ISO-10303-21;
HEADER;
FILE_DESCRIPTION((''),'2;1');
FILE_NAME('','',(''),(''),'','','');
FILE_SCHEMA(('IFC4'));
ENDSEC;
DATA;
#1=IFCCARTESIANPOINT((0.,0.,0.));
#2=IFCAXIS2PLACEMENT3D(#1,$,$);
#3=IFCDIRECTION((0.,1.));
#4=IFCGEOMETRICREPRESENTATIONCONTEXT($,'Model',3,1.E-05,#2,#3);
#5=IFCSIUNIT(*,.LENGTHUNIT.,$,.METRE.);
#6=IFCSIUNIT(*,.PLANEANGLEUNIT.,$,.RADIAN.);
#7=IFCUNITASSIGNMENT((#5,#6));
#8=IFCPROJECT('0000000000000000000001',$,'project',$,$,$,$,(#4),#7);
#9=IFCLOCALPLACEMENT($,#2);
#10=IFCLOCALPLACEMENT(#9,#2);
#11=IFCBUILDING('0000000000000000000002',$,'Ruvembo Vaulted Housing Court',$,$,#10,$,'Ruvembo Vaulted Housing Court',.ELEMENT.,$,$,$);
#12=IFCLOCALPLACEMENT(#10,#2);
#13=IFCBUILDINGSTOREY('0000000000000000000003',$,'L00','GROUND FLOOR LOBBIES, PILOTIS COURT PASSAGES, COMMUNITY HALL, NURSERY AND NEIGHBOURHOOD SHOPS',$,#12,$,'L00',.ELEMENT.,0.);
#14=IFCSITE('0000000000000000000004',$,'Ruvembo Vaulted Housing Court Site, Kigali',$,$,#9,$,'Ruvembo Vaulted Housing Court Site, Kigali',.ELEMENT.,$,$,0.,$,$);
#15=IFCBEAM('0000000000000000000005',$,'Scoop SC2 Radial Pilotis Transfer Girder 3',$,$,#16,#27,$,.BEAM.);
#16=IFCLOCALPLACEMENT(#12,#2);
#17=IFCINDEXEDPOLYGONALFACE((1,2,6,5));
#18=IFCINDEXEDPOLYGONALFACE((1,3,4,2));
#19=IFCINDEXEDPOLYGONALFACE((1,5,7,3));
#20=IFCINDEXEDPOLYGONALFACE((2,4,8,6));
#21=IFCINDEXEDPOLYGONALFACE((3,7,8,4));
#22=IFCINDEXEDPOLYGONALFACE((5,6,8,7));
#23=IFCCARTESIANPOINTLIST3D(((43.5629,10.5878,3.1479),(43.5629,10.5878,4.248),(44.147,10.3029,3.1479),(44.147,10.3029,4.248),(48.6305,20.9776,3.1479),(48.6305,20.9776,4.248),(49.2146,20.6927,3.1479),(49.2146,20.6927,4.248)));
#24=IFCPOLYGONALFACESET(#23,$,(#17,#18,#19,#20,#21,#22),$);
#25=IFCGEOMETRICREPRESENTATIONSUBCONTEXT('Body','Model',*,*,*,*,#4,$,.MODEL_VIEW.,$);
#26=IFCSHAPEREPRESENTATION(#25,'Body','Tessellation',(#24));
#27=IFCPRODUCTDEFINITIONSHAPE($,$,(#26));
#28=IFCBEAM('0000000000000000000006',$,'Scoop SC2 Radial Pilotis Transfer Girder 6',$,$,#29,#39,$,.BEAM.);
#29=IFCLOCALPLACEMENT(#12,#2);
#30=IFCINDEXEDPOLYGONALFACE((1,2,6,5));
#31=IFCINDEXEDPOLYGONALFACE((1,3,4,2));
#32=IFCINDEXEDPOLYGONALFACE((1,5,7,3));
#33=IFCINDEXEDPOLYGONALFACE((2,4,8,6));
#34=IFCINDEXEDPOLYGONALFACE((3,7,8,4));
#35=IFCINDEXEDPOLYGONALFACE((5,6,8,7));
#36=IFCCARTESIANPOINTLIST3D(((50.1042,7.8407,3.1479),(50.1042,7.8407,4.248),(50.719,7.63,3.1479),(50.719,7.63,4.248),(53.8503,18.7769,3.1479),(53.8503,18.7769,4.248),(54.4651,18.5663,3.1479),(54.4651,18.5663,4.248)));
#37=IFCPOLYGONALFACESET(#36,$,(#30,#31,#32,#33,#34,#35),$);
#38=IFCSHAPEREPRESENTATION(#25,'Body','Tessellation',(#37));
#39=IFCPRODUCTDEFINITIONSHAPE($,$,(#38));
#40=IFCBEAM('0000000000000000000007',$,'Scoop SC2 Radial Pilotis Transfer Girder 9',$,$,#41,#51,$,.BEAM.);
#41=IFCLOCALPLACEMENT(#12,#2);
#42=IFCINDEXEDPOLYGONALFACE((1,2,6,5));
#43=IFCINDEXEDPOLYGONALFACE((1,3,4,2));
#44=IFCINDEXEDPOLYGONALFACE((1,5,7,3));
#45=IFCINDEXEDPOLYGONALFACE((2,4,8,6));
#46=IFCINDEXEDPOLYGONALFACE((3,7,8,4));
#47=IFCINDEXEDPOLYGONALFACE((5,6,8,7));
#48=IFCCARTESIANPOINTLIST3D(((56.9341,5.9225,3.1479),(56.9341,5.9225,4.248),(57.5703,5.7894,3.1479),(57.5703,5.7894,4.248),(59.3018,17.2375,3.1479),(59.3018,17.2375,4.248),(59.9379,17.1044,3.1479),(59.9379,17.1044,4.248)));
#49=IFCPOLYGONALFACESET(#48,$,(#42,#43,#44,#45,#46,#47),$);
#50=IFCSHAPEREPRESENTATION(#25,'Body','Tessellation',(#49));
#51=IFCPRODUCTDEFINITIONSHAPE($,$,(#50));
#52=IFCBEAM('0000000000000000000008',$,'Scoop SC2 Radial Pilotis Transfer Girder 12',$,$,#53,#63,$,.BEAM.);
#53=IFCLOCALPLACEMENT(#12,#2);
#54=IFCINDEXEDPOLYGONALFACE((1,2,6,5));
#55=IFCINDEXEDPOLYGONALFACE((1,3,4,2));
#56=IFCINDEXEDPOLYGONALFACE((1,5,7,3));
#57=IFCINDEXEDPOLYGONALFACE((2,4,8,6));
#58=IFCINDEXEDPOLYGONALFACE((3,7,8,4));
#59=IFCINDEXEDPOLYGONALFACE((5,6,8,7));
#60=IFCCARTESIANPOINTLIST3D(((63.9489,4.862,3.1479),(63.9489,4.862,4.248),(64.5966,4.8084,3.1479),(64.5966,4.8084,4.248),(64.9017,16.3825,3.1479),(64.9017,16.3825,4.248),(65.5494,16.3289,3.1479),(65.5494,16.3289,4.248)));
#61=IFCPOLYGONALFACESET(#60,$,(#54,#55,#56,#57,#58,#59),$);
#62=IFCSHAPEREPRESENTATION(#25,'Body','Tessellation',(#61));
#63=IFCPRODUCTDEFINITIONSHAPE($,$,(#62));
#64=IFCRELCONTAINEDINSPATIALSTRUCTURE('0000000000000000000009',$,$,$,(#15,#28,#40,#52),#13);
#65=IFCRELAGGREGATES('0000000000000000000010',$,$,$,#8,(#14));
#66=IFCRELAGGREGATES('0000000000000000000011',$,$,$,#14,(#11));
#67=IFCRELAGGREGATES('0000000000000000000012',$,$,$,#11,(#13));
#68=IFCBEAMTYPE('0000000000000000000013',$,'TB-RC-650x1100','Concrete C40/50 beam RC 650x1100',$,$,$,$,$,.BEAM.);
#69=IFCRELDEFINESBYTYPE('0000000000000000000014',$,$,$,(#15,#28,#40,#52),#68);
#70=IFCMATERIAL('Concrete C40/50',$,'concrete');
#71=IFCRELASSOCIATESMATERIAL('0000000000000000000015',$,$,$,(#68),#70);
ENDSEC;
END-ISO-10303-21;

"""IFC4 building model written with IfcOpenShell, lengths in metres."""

from ifc_helpers import new_model, si_unit, direction, frame, origin, origin_2d, place, context, subcontext, project, spatial, rectangle, extrude, material, material_profile, profile_set, type_object, element, save


model = new_model("IFC4")

# Units and contexts
model_context = context("Model", 3, precision=1e-05, world=origin(), true_north=direction((0.0, 1.0)))
body_context = subcontext(model_context, "Body", "Model", "MODEL_VIEW")
ifc_project = project(units=[si_unit("LENGTHUNIT", "METRE"), si_unit("PLANEANGLEUNIT", "RADIAN")], contexts=[model_context])

# Site, building, storey
site_placement = place(None, origin())
site = spatial("IfcSite", under=ifc_project, at=site_placement, Name="Ruvembo Vaulted Housing Court Site, Kigali", LongName="Ruvembo Vaulted Housing Court Site, Kigali", CompositionType="ELEMENT", RefElevation=0.0)
building_placement = place(site_placement, origin())
building = spatial("IfcBuilding", under=site, at=building_placement, Name="Ruvembo Vaulted Housing Court", LongName="Ruvembo Vaulted Housing Court", CompositionType="ELEMENT")
storey_placement = place(building_placement, origin())
storey = spatial("IfcBuildingStorey", under=building, at=storey_placement, Name="L00", Description="GROUND FLOOR LOBBIES, PILOTIS COURT PASSAGES, COMMUNITY HALL, NURSERY AND NEIGHBOURHOOD SHOPS", LongName="L00", CompositionType="ELEMENT", Elevation=0.0)

# Shared definitions
ifc_material_1 = material(Name="Concrete C40/50", Category="concrete")

# Beams
ifc_material_profile_1 = material_profile(ifc_material_1, rectangle(XDim=0.6499, YDim=1.1001, at=origin_2d()), Name="RC 650x1100")
ifc_profile_set_1 = profile_set([ifc_material_profile_1], Name="Concrete C40/50")
beam_type_1 = type_object("IfcBeamType", Name="TB-RC-650x1100", Description="Concrete C40/50 beam RC 650x1100", PredefinedType="BEAM", material=ifc_profile_set_1)
beam_1_placement = place(storey_placement, frame((43.855, 10.4453, 3.698), z_axis=(0.438381, 0.898789, 0.0), x_axis=(-0.898789, 0.438381, 0.0)))
element("IfcBeam", 1, at=beam_1_placement, inside=storey, type_object=beam_type_1, Name="Scoop SC2 Radial Pilotis Transfer Girder 3", PredefinedType="BEAM", context=body_context, shape_type="SweptSolid", body=[
    extrude(rectangle(XDim=0.6499, YDim=1.1001, at=origin_2d()), origin(), (0.0, 0.0, 1.0), 11.5598),
])
for number, where, z_axis, x_axis, name in (
    (2, (50.4116, 7.7354, 3.698), (0.324054, 0.946038, 0.0), (-0.946038, 0.324054, 0.0), "Scoop SC2 Radial Pilotis Transfer Girder 6"),
    (3, (57.2522, 5.856, 3.698), (0.204816, 0.9788, 0.0), (-0.9788, 0.204816, 0.0), "Scoop SC2 Radial Pilotis Transfer Girder 9"),
):
    element("IfcBeam", number, at=place(storey_placement, frame(where, z_axis=z_axis, x_axis=x_axis)), inside=storey, type_object=beam_type_1, Name=name, PredefinedType="BEAM", context=body_context, shape_type="SweptSolid", body=[
        extrude(rectangle(XDim=0.6499, YDim=1.1001, at=origin_2d()), origin(), (0.0, 0.0, 1.0), 11.5601),
    ])
beam_2_placement = place(storey_placement, frame((64.2727, 4.8352, 3.698), z_axis=(0.08243, 0.996597, 0.0), x_axis=(-0.996597, 0.08243, 0.0)))
element("IfcBeam", 4, at=beam_2_placement, inside=storey, type_object=beam_type_1, Name="Scoop SC2 Radial Pilotis Transfer Girder 12", PredefinedType="BEAM", context=body_context, shape_type="SweptSolid", body=[
    extrude(rectangle(XDim=0.6499, YDim=1.1001, at=origin_2d()), origin(), (0.0, 0.0, 1.0), 11.5598),
])

save(model, "model.ifc")
